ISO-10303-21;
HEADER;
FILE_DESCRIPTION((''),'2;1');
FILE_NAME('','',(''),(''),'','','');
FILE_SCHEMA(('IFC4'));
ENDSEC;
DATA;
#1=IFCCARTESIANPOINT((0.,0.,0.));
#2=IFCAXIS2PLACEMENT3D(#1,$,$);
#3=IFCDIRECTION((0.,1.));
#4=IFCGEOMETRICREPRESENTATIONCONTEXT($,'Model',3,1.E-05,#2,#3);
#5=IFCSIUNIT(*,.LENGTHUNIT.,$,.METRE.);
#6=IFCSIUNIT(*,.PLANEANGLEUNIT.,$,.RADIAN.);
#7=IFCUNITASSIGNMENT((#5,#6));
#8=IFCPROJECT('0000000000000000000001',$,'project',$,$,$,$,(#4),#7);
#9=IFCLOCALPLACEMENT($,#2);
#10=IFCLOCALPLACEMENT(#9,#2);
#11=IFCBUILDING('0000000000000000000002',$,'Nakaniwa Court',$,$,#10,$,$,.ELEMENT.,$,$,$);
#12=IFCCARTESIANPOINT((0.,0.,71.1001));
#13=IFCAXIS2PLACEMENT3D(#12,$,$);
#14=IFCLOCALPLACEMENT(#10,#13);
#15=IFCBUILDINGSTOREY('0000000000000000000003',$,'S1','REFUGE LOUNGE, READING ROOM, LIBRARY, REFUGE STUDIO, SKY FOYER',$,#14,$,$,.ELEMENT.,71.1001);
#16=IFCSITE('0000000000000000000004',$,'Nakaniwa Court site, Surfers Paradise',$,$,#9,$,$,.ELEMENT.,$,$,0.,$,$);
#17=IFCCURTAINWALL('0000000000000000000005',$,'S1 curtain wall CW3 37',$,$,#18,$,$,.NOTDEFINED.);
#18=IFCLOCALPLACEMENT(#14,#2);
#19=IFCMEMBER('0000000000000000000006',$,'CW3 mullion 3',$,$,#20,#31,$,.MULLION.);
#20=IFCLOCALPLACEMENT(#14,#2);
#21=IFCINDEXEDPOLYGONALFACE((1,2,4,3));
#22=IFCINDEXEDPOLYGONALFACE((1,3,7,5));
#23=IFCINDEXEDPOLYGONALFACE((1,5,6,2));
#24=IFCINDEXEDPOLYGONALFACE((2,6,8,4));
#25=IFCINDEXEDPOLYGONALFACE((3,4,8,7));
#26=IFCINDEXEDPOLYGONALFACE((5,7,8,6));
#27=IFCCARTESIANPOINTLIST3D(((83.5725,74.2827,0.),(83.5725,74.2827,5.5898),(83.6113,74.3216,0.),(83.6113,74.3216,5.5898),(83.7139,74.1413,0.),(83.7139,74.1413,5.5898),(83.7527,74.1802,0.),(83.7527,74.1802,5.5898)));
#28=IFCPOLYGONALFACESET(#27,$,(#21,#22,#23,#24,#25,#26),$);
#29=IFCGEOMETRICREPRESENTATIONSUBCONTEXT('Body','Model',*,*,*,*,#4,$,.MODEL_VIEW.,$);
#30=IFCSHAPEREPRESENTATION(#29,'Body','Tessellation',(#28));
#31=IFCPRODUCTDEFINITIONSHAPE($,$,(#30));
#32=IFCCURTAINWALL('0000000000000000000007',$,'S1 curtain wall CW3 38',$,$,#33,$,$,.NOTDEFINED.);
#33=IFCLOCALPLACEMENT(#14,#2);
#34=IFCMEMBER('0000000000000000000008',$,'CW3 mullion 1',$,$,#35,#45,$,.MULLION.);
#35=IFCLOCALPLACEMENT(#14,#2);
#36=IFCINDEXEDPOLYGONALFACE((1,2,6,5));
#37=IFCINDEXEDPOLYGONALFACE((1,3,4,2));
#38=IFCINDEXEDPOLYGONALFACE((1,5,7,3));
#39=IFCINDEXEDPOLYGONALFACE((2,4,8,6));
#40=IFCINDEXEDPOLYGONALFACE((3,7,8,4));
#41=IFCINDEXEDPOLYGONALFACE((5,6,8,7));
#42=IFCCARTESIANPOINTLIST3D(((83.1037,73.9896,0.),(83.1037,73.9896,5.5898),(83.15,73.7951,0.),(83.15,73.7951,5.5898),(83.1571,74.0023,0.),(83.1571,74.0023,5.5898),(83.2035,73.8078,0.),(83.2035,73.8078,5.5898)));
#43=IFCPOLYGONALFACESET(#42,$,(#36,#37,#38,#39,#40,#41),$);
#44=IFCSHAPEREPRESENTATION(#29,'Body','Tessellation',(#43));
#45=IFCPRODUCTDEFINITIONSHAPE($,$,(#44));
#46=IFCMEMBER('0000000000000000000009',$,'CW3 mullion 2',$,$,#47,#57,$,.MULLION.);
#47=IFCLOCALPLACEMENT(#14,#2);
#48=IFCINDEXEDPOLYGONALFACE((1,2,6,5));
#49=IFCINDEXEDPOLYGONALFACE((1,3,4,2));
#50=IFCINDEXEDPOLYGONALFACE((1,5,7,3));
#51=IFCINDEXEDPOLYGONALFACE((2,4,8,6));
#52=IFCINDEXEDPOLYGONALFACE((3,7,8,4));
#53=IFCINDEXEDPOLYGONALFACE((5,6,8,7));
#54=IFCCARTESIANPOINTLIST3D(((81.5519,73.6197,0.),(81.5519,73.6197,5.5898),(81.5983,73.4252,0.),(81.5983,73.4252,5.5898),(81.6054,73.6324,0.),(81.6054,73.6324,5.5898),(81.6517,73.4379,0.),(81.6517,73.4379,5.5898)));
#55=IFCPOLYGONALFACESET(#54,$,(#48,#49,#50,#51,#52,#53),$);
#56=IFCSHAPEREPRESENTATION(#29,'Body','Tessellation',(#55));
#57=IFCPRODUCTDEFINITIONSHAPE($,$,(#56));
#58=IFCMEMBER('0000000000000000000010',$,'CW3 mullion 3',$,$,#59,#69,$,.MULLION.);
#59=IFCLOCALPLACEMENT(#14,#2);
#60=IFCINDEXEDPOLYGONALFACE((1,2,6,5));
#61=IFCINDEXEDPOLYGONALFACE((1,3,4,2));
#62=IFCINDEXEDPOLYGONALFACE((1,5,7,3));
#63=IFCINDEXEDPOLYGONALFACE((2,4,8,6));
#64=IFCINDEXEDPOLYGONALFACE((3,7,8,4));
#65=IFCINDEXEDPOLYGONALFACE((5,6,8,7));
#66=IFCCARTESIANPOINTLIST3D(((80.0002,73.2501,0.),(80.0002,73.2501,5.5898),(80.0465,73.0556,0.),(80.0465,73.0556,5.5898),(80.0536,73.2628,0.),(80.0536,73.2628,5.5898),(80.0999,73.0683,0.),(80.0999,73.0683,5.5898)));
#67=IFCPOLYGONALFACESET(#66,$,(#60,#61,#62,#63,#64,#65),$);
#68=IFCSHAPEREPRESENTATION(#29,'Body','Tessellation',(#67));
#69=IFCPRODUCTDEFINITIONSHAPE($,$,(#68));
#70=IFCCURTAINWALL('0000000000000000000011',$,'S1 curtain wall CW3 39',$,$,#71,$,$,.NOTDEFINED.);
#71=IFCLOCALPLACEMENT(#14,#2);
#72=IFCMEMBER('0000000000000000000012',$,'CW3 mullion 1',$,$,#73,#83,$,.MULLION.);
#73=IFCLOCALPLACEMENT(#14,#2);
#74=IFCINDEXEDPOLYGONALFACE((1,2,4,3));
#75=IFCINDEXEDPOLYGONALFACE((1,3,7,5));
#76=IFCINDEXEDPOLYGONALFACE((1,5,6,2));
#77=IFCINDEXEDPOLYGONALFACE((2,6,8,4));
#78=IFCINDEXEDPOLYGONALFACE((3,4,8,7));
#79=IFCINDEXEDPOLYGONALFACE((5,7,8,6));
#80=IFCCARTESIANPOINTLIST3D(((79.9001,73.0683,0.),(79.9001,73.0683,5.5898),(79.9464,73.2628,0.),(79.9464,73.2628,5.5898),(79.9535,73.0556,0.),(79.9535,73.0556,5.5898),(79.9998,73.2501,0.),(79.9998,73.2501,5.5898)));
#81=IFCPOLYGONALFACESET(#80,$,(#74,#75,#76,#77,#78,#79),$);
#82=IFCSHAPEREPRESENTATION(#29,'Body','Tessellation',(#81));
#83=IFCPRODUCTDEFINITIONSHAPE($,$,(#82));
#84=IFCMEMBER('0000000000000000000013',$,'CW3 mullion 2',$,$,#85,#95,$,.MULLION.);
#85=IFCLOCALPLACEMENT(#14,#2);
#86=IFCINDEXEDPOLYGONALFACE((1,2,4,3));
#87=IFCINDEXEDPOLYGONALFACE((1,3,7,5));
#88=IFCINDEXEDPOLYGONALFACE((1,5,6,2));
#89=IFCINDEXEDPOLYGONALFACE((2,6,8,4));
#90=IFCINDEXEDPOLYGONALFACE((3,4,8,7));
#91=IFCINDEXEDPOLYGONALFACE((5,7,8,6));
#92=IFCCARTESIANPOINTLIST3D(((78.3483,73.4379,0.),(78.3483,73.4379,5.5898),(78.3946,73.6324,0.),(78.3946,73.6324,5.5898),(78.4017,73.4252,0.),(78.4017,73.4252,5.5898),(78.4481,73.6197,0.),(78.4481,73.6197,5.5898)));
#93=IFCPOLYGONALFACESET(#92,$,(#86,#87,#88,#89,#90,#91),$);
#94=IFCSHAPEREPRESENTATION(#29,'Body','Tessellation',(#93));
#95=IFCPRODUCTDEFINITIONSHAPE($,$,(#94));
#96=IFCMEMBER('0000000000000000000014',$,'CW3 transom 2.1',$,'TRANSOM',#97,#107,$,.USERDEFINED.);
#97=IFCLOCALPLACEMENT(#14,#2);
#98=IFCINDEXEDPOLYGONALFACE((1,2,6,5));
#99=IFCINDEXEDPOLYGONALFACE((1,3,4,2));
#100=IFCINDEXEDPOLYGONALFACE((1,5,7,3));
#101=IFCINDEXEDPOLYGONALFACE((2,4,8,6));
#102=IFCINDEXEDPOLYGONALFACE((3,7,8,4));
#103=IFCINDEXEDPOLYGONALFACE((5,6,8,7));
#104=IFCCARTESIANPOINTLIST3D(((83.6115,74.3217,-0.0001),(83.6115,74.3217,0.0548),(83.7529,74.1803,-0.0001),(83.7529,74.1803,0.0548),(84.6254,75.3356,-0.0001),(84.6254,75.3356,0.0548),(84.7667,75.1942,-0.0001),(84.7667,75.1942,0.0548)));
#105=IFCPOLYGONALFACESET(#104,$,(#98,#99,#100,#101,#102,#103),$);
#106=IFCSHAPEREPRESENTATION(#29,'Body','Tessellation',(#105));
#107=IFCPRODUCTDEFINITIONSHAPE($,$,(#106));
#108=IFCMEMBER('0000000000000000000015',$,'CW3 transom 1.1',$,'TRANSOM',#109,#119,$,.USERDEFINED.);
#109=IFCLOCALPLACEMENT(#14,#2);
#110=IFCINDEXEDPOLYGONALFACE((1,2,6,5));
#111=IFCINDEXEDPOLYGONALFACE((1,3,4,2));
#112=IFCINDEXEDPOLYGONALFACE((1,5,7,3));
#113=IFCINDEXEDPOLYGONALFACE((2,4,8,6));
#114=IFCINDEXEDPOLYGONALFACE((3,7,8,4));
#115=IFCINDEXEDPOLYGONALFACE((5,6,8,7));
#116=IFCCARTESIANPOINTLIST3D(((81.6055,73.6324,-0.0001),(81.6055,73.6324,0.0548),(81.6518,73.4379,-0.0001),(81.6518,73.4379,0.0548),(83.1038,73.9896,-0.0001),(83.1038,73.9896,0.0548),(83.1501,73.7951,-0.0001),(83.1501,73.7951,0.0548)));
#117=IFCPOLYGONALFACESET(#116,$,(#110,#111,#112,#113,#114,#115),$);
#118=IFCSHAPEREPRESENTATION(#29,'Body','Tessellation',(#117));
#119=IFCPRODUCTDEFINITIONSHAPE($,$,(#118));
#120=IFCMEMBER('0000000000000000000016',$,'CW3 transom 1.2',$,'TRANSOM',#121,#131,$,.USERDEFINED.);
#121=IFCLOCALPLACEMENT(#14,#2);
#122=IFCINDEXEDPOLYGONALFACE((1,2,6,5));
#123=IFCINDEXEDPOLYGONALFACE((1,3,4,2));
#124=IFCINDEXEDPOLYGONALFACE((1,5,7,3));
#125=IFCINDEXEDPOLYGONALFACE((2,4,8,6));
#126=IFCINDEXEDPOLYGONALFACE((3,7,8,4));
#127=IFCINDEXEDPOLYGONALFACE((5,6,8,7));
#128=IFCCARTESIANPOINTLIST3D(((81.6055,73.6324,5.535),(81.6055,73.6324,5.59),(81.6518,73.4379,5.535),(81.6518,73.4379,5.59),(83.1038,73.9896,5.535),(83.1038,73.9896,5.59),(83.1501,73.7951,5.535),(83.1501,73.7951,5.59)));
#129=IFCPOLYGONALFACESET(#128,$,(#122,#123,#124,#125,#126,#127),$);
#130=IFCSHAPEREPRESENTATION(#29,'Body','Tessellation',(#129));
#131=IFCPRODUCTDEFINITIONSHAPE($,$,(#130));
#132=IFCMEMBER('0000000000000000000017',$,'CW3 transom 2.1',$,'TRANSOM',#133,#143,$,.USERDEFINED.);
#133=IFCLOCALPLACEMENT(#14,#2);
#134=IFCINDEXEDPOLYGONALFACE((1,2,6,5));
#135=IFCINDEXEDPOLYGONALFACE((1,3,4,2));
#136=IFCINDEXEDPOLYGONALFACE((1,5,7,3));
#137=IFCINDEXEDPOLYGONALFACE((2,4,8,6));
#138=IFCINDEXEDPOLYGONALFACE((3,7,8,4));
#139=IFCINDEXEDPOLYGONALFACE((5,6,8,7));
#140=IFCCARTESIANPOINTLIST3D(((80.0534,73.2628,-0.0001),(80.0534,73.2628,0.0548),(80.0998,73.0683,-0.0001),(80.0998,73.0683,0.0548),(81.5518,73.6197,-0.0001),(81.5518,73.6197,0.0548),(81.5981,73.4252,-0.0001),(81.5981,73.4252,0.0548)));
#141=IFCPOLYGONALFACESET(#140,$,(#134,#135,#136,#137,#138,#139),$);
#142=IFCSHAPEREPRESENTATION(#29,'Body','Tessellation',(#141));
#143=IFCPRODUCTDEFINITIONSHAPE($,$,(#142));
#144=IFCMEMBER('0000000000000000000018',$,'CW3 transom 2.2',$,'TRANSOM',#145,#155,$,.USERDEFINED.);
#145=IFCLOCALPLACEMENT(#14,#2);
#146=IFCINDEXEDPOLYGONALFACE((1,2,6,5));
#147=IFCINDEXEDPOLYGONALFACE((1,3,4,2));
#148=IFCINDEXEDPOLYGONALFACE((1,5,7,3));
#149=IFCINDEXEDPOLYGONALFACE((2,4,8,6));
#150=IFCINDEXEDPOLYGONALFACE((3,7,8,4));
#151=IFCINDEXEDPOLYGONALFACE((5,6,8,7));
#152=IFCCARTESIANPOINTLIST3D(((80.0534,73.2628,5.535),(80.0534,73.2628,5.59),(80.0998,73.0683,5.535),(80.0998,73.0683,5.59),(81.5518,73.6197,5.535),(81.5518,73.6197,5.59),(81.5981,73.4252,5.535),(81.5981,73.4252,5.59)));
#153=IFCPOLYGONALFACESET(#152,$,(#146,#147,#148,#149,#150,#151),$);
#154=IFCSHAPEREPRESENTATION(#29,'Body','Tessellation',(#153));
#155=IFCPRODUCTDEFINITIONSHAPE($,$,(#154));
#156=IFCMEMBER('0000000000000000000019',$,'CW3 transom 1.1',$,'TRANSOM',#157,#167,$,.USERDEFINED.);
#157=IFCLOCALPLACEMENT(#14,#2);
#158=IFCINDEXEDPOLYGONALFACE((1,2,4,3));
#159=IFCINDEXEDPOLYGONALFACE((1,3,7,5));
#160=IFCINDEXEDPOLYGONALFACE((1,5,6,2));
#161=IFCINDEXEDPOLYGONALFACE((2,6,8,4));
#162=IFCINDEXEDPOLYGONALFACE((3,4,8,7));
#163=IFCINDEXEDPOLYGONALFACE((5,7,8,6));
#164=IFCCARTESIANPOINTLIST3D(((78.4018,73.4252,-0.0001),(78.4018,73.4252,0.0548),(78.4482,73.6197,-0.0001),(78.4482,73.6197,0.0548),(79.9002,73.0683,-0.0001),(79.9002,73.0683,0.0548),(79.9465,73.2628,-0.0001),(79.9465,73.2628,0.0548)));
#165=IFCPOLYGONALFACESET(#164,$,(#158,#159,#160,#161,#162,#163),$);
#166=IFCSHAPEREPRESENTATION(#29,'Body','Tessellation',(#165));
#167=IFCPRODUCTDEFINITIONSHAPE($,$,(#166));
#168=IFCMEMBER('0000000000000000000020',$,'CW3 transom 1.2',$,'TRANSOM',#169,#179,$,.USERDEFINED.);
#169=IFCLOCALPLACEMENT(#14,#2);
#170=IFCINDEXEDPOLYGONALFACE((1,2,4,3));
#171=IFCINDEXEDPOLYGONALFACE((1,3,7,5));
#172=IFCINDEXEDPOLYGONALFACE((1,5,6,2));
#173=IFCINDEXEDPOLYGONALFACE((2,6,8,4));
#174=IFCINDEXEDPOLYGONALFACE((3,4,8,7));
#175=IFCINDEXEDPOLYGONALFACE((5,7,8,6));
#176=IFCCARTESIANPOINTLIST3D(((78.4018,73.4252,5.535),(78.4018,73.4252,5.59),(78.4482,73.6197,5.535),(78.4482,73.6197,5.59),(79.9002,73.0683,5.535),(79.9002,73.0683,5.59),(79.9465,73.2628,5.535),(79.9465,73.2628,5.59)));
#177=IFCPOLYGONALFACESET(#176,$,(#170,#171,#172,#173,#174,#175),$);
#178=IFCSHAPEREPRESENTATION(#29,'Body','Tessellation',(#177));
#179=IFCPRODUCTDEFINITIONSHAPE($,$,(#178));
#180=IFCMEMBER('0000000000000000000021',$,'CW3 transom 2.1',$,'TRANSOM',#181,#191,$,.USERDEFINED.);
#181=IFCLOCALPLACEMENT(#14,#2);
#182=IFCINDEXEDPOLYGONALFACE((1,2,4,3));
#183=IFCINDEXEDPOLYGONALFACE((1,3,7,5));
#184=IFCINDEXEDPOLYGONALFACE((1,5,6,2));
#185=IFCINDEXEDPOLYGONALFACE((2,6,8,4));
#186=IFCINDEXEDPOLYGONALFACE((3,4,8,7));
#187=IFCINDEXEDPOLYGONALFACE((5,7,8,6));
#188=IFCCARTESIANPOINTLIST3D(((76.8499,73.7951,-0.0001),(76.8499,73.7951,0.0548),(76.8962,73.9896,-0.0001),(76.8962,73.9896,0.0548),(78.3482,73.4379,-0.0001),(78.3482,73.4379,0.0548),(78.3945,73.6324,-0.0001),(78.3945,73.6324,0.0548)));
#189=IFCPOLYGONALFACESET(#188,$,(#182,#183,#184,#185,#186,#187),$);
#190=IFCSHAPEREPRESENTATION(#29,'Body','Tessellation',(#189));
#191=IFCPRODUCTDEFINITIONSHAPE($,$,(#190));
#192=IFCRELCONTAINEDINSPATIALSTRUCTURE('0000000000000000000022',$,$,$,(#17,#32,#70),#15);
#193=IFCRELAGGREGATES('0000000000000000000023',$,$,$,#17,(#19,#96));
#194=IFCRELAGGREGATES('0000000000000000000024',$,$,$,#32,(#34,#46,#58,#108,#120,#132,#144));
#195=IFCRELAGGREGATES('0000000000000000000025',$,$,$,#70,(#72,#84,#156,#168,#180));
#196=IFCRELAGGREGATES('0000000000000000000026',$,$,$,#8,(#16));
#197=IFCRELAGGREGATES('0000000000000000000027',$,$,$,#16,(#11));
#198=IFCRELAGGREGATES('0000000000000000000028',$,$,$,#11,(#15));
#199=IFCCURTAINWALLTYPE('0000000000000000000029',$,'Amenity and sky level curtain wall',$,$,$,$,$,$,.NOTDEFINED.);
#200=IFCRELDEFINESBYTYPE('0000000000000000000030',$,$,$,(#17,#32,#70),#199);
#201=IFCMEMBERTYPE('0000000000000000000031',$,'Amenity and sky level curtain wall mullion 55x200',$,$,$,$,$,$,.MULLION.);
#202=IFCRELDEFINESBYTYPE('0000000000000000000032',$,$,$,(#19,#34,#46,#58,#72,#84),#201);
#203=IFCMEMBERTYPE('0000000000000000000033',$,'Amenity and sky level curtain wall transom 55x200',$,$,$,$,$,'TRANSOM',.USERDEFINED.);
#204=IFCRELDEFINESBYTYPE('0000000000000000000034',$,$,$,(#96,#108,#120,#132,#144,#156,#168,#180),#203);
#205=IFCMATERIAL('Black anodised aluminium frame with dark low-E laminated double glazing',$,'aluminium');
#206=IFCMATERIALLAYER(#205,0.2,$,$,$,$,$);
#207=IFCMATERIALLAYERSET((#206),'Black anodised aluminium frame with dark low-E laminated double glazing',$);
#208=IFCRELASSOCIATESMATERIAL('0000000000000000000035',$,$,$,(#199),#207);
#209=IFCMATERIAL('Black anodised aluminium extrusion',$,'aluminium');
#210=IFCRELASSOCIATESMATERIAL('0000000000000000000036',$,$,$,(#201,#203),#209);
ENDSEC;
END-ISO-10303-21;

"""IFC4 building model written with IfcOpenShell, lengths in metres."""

from ifc_helpers import new_model, si_unit, direction, frame, origin, origin_2d, place, context, subcontext, project, spatial, rectangle, extrude, material, layer, layer_set, material_profile, profile_set, type_object, element, aggregate, save


model = new_model("IFC4")

# Units and contexts
model_context = context("Model", 3, precision=1e-05, world=origin(), true_north=direction((0.0, 1.0)))
body_context = subcontext(model_context, "Body", "Model", "MODEL_VIEW")
ifc_project = project(units=[si_unit("LENGTHUNIT", "METRE"), si_unit("PLANEANGLEUNIT", "RADIAN")], contexts=[model_context])

# Site, building, storey
site_placement = place(None, origin())
site = spatial("IfcSite", under=ifc_project, at=site_placement, Name="Nakaniwa Court site, Surfers Paradise", CompositionType="ELEMENT", RefElevation=0.0)
building_placement = place(site_placement, origin())
building = spatial("IfcBuilding", under=site, at=building_placement, Name="Nakaniwa Court", CompositionType="ELEMENT")
storey_placement = place(building_placement, frame((0.0, 0.0, 71.1001)))
storey = spatial("IfcBuildingStorey", under=building, at=storey_placement, Name="S1", Description="REFUGE LOUNGE, READING ROOM, LIBRARY, REFUGE STUDIO, SKY FOYER", CompositionType="ELEMENT", Elevation=71.1001)

# Curtain wall, member
ifc_material_1 = material(Name="Black anodised aluminium frame with dark low-E laminated double glazing", Category="aluminium")
ifc_layer_1 = layer(ifc_material_1, 0.2)
ifc_layer_set_1 = layer_set([ifc_layer_1], Name="Black anodised aluminium frame with dark low-E laminated double glazing")
curtain_wall_type = type_object("IfcCurtainWallType", Name="Amenity and sky level curtain wall", PredefinedType="NOTDEFINED", material=ifc_layer_set_1)
curtain_wall_1_placement = place(storey_placement, origin())
curtain_wall_1 = element("IfcCurtainWall", 1, at=curtain_wall_1_placement, inside=storey, type_object=curtain_wall_type, Name="S1 curtain wall CW3 37", PredefinedType="NOTDEFINED")
ifc_material_2 = material(Name="Black anodised aluminium extrusion", Category="aluminium")
ifc_material_profile_1 = material_profile(ifc_material_2, rectangle(XDim=0.2, YDim=0.0549, at=origin_2d()), Name="Amenity and sky level curtain wall mullion 55x200")
ifc_profile_set_1 = profile_set([ifc_material_profile_1], Name="Black anodised aluminium extrusion")
member_type_1 = type_object("IfcMemberType", Name="Amenity and sky level curtain wall mullion 55x200", PredefinedType="MULLION", material=ifc_profile_set_1)
member_1_placement = place(storey_placement, frame((83.6626, 74.2314, 0.0), z_axis=(0.0, 0.0, 1.0), x_axis=(0.707107, -0.707107, 0.0)))
member_1 = element("IfcMember", 2, at=member_1_placement, type_object=member_type_1, Name="CW3 mullion 3", PredefinedType="MULLION", context=body_context, shape_type="SweptSolid", body=[
    extrude(rectangle(XDim=0.2, YDim=0.0549, at=origin_2d()), origin(), (0.0, 0.0, 1.0), 5.5898),
])

# Curtain walls, members
curtain_wall_2_placement = place(storey_placement, origin())
curtain_wall_2 = element("IfcCurtainWall", 3, at=curtain_wall_2_placement, inside=storey, type_object=curtain_wall_type, Name="S1 curtain wall CW3 38", PredefinedType="NOTDEFINED")
member_2_placement = place(storey_placement, frame((83.1536, 73.8987, 0.0), z_axis=(0.0, 0.0, 1.0), x_axis=(0.231791, -0.972766, 0.0)))
member_2 = element("IfcMember", 4, at=member_2_placement, type_object=member_type_1, Name="CW3 mullion 1", PredefinedType="MULLION", context=body_context, shape_type="SweptSolid", body=[
    extrude(rectangle(XDim=0.2, YDim=0.0549, at=origin_2d()), origin(), (0.0, 0.0, 1.0), 5.5898),
])
member_3_placement = place(storey_placement, frame((81.6018, 73.5288, 0.0), z_axis=(0.0, 0.0, 1.0), x_axis=(0.231791, -0.972766, 0.0)))
member_3 = element("IfcMember", 5, at=member_3_placement, type_object=member_type_1, Name="CW3 mullion 2", PredefinedType="MULLION", context=body_context, shape_type="SweptSolid", body=[
    extrude(rectangle(XDim=0.2, YDim=0.0549, at=origin_2d()), origin(), (0.0, 0.0, 1.0), 5.5898),
])
member_4_placement = place(storey_placement, frame((80.05, 73.1592, 0.0), z_axis=(0.0, 0.0, 1.0), x_axis=(0.231791, -0.972766, 0.0)))
member_4 = element("IfcMember", 6, at=member_4_placement, type_object=member_type_1, Name="CW3 mullion 3", PredefinedType="MULLION", context=body_context, shape_type="SweptSolid", body=[
    extrude(rectangle(XDim=0.2, YDim=0.0549, at=origin_2d()), origin(), (0.0, 0.0, 1.0), 5.5898),
])
curtain_wall_3_placement = place(storey_placement, origin())
curtain_wall_3 = element("IfcCurtainWall", 7, at=curtain_wall_3_placement, inside=storey, type_object=curtain_wall_type, Name="S1 curtain wall CW3 39", PredefinedType="NOTDEFINED")
member_5_placement = place(storey_placement, frame((79.95, 73.1592, 0.0), z_axis=(0.0, 0.0, 1.0), x_axis=(-0.231791, -0.972766, 0.0)))
member_5 = element("IfcMember", 8, at=member_5_placement, type_object=member_type_1, Name="CW3 mullion 1", PredefinedType="MULLION", context=body_context, shape_type="SweptSolid", body=[
    extrude(rectangle(XDim=0.2, YDim=0.0549, at=origin_2d()), origin(), (0.0, 0.0, 1.0), 5.5898),
])
member_6_placement = place(storey_placement, frame((78.3982, 73.5288, 0.0), z_axis=(0.0, 0.0, 1.0), x_axis=(-0.231791, -0.972766, 0.0)))
member_6 = element("IfcMember", 9, at=member_6_placement, type_object=member_type_1, Name="CW3 mullion 2", PredefinedType="MULLION", context=body_context, shape_type="SweptSolid", body=[
    extrude(rectangle(XDim=0.2, YDim=0.0549, at=origin_2d()), origin(), (0.0, 0.0, 1.0), 5.5898),
])

# Members
ifc_material_profile_2 = material_profile(ifc_material_2, rectangle(XDim=0.2, YDim=0.0549, at=origin_2d()), Name="Amenity and sky level curtain wall transom 55x200")
ifc_profile_set_2 = profile_set([ifc_material_profile_2], Name="Black anodised aluminium extrusion")
member_type_2 = type_object("IfcMemberType", Name="Amenity and sky level curtain wall transom 55x200", ElementType="TRANSOM", PredefinedType="USERDEFINED", material=ifc_profile_set_2)
member_7_placement = place(storey_placement, frame((84.696, 75.2649, 0.0273), z_axis=(-0.707107, -0.707107, 0.0), x_axis=(0.707107, -0.707107, 0.0)))
member_7 = element("IfcMember", 10, at=member_7_placement, type_object=member_type_2, Name="CW3 transom 2.1", ObjectType="TRANSOM", PredefinedType="USERDEFINED", context=body_context, shape_type="SweptSolid", body=[
    extrude(rectangle(XDim=0.2, YDim=0.0549, at=origin_2d()), origin(), (0.0, 0.0, 1.0), 1.4338),
])
member_8_placement = place(storey_placement, frame((83.127, 73.8923, 0.0273), z_axis=(-0.972742, -0.231892, 0.0), x_axis=(0.231892, -0.972742, 0.0)))
member_8 = element("IfcMember", 11, at=member_8_placement, type_object=member_type_2, Name="CW3 transom 1.1", ObjectType="TRANSOM", PredefinedType="USERDEFINED", context=body_context, shape_type="SweptSolid", body=[
    extrude(rectangle(XDim=0.2, YDim=0.0549, at=origin_2d()), origin(), (0.0, 0.0, 1.0), 1.5403),
])
member_9_placement = place(storey_placement, frame((83.127, 73.8923, 5.5625), z_axis=(-0.972742, -0.231892, 0.0), x_axis=(0.231892, -0.972742, 0.0)))
member_9 = element("IfcMember", 12, at=member_9_placement, type_object=member_type_2, Name="CW3 transom 1.2", ObjectType="TRANSOM", PredefinedType="USERDEFINED", context=body_context, shape_type="SweptSolid", body=[
    extrude(rectangle(XDim=0.2, YDim=0.0549, at=origin_2d()), origin(), (0.0, 0.0, 1.0), 1.5403),
])
member_10_placement = place(storey_placement, frame((81.575, 73.5225, 0.0273), z_axis=(-0.972777, -0.231742, 0.0), x_axis=(0.231742, -0.972777, 0.0)))
member_10 = element("IfcMember", 13, at=member_10_placement, type_object=member_type_2, Name="CW3 transom 2.1", ObjectType="TRANSOM", PredefinedType="USERDEFINED", context=body_context, shape_type="SweptSolid", body=[
    extrude(rectangle(XDim=0.2, YDim=0.0549, at=origin_2d()), origin(), (0.0, 0.0, 1.0), 1.5403),
])
member_11_placement = place(storey_placement, frame((81.575, 73.5225, 5.5625), z_axis=(-0.972777, -0.231742, 0.0), x_axis=(0.231742, -0.972777, 0.0)))
member_11 = element("IfcMember", 14, at=member_11_placement, type_object=member_type_2, Name="CW3 transom 2.2", ObjectType="TRANSOM", PredefinedType="USERDEFINED", context=body_context, shape_type="SweptSolid", body=[
    extrude(rectangle(XDim=0.2, YDim=0.0549, at=origin_2d()), origin(), (0.0, 0.0, 1.0), 1.5403),
])
member_12_placement = place(storey_placement, frame((79.9233, 73.1655, 0.0273), z_axis=(-0.972777, 0.231742, 0.0), x_axis=(-0.231742, -0.972777, 0.0)))
member_12 = element("IfcMember", 15, at=member_12_placement, type_object=member_type_2, Name="CW3 transom 1.1", ObjectType="TRANSOM", PredefinedType="USERDEFINED", context=body_context, shape_type="SweptSolid", body=[
    extrude(rectangle(XDim=0.2, YDim=0.0549, at=origin_2d()), origin(), (0.0, 0.0, 1.0), 1.5403),
])
member_13_placement = place(storey_placement, frame((79.9233, 73.1655, 5.5625), z_axis=(-0.972777, 0.231742, 0.0), x_axis=(-0.231742, -0.972777, 0.0)))
member_13 = element("IfcMember", 16, at=member_13_placement, type_object=member_type_2, Name="CW3 transom 1.2", ObjectType="TRANSOM", PredefinedType="USERDEFINED", context=body_context, shape_type="SweptSolid", body=[
    extrude(rectangle(XDim=0.2, YDim=0.0549, at=origin_2d()), origin(), (0.0, 0.0, 1.0), 1.5403),
])
member_14_placement = place(storey_placement, frame((78.3713, 73.5352, 0.0273), z_axis=(-0.972742, 0.231892, 0.0), x_axis=(-0.231892, -0.972742, 0.0)))
member_14 = element("IfcMember", 17, at=member_14_placement, type_object=member_type_2, Name="CW3 transom 2.1", ObjectType="TRANSOM", PredefinedType="USERDEFINED", context=body_context, shape_type="SweptSolid", body=[
    extrude(rectangle(XDim=0.2, YDim=0.0549, at=origin_2d()), origin(), (0.0, 0.0, 1.0), 1.5403),
])

aggregate(curtain_wall_1, [member_1, member_7])
aggregate(curtain_wall_2, [member_2, member_3, member_4, member_8, member_9, member_10, member_11])
aggregate(curtain_wall_3, [member_5, member_6, member_12, member_13, member_14])

save(model, "model.ifc")
